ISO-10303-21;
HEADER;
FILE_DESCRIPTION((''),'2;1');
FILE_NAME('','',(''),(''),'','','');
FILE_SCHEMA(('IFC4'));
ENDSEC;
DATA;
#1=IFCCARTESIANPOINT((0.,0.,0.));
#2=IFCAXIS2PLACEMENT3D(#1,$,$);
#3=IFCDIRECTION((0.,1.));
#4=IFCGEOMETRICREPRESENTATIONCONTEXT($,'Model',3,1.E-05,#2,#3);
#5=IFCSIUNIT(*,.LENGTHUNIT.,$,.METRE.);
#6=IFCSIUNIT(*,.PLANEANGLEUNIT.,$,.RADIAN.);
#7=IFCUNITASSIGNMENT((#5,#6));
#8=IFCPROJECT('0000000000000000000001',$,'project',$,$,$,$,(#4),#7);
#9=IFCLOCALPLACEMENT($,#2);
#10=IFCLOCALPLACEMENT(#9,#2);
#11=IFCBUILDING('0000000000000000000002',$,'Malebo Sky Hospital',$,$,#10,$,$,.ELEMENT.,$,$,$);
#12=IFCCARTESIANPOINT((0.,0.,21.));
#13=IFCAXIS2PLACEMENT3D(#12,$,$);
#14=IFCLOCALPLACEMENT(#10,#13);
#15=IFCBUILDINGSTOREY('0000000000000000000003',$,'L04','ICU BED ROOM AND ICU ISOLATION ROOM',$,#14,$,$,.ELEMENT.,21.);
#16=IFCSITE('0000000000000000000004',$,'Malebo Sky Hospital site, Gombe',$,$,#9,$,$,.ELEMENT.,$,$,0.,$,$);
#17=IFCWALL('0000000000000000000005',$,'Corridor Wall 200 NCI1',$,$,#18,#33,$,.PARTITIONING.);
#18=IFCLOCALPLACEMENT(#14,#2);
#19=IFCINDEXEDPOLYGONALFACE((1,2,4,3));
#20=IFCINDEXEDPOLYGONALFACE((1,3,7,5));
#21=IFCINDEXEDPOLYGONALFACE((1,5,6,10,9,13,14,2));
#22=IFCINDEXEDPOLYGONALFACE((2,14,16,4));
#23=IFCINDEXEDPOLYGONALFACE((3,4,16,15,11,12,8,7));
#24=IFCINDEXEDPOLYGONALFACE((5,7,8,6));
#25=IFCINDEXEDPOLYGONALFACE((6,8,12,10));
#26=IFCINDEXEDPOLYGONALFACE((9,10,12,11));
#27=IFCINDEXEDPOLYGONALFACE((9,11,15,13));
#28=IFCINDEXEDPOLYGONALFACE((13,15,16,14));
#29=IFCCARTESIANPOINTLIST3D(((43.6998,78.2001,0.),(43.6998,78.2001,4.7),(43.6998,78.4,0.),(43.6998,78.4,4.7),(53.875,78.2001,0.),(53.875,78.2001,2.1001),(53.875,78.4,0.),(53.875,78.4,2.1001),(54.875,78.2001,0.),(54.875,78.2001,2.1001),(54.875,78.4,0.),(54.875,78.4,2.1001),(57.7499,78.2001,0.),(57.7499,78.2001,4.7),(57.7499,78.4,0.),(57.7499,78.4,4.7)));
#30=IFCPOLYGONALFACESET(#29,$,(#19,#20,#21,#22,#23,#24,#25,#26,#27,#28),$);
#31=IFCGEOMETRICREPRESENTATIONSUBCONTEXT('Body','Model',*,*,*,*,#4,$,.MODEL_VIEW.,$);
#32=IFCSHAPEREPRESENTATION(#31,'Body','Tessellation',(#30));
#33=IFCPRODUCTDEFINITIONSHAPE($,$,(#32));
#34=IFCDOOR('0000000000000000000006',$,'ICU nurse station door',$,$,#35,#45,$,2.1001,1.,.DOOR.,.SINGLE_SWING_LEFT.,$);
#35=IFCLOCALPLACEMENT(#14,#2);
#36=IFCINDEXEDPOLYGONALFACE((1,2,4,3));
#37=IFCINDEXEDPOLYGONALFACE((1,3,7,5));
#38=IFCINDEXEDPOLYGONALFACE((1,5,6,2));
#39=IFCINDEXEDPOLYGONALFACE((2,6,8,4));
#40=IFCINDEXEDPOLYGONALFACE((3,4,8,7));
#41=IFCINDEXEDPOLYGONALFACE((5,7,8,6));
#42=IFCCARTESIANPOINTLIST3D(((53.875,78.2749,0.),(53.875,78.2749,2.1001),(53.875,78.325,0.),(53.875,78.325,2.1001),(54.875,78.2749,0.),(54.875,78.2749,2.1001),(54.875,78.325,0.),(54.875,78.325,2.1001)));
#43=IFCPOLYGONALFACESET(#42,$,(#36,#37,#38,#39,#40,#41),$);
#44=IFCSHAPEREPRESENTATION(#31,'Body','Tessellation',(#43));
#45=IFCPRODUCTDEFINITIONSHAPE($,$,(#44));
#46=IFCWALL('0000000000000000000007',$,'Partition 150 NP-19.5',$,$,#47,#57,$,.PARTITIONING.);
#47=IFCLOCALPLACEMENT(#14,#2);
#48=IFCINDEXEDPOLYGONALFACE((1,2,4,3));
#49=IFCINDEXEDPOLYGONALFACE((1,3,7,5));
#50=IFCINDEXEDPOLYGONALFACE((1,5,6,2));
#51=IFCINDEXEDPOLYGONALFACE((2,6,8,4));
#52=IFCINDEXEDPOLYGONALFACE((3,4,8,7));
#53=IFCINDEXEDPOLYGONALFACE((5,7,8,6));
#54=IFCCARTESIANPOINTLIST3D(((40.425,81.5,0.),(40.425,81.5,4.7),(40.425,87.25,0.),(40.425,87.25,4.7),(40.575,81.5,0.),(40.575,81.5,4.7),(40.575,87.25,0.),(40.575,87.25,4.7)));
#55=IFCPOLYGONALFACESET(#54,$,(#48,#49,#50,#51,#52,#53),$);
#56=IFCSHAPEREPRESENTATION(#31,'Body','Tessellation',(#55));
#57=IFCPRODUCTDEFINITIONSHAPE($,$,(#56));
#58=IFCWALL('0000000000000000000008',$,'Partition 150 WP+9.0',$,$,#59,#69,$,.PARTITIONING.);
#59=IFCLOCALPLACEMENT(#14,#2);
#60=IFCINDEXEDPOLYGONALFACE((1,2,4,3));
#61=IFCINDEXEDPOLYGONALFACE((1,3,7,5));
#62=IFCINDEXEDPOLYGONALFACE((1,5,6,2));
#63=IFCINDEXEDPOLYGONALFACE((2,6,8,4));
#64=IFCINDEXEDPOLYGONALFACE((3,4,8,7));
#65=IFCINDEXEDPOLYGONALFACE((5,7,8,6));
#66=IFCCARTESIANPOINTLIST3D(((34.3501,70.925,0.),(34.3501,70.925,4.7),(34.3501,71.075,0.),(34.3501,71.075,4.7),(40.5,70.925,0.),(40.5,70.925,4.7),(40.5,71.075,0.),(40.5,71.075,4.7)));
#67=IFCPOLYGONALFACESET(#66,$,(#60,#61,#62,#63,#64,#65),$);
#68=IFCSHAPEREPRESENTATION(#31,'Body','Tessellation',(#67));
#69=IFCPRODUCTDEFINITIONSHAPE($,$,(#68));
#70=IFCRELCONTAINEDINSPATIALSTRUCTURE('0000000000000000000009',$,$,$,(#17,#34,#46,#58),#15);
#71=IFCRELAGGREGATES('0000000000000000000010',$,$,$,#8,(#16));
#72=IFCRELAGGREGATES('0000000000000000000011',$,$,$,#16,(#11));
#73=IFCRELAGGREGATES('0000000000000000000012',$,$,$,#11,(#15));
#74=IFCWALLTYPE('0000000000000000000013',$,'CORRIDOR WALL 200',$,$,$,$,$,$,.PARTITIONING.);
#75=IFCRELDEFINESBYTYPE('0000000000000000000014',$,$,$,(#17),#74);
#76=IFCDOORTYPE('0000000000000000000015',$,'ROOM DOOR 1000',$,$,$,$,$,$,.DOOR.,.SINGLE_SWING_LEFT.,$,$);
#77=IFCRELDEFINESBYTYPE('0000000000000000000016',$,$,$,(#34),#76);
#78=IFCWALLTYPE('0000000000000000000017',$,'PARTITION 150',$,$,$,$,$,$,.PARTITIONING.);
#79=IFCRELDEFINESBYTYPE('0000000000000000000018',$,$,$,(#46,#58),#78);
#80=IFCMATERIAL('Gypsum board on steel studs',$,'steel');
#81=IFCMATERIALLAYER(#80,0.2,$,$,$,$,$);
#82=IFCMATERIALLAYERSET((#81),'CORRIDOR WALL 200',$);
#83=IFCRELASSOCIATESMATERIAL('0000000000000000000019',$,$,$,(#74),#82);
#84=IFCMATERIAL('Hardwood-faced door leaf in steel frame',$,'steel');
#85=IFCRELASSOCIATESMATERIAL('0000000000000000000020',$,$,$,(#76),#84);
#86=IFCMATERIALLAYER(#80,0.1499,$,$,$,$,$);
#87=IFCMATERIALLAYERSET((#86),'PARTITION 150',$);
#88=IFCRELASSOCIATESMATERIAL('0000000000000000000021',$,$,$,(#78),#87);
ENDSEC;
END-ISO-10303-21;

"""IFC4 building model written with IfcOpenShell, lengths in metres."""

from ifc_helpers import new_model, si_unit, direction, frame, frame_2d, origin, place, context, subcontext, project, spatial, rectangle, extrude, material, layer, layer_set, type_object, element, fill, save


model = new_model("IFC4")

# Units and contexts
model_context = context("Model", 3, precision=1e-05, world=origin(), true_north=direction((0.0, 1.0)))
body_context = subcontext(model_context, "Body", "Model", "MODEL_VIEW")
ifc_project = project(units=[si_unit("LENGTHUNIT", "METRE"), si_unit("PLANEANGLEUNIT", "RADIAN")], contexts=[model_context])

# Site, building, storey
site_placement = place(None, origin())
site = spatial("IfcSite", under=ifc_project, at=site_placement, Name="Malebo Sky Hospital site, Gombe", CompositionType="ELEMENT", RefElevation=0.0)
building_placement = place(site_placement, origin())
building = spatial("IfcBuilding", under=site, at=building_placement, Name="Malebo Sky Hospital", CompositionType="ELEMENT")
storey_placement = place(building_placement, frame((0.0, 0.0, 21.0)))
storey = spatial("IfcBuildingStorey", under=building, at=storey_placement, Name="L04", Description="ICU BED ROOM AND ICU ISOLATION ROOM", CompositionType="ELEMENT", Elevation=21.0)

# Shared definitions
ifc_material_1 = material(Name="Gypsum board on steel studs", Category="steel")
ifc_layer_1 = layer(ifc_material_1, 0.2)
ifc_layer_set_1 = layer_set([ifc_layer_1], Name="CORRIDOR WALL 200")
wall_type_1 = type_object("IfcWallType", Name="CORRIDOR WALL 200", PredefinedType="PARTITIONING", material=ifc_layer_set_1)
ifc_material_2 = material(Name="Hardwood-faced door leaf in steel frame", Category="steel")
door_type_1 = type_object("IfcDoorType", Name="ROOM DOOR 1000", OperationType="SINGLE_SWING_LEFT", PredefinedType="DOOR", material=ifc_material_2)

# Wall, opening, door
wall_1_placement = place(storey_placement, frame((43.7, 78.3, 0.0), z_axis=(0.0, 0.0, 1.0), x_axis=(1.0, 0.0, 0.0)))
wall_1 = element("IfcWall", 1, at=wall_1_placement, inside=storey, type_object=wall_type_1, Name="Corridor Wall 200 NCI1", PredefinedType="PARTITIONING", context=body_context, shape_type="SweptSolid", body=[
    extrude(rectangle(XDim=14.05, YDim=0.2, at=frame_2d((7.0249, 0.0))), origin(), (0.0, 0.0, 1.0), 4.7),
])
opening_1_placement = place(wall_1_placement, frame((10.175, 0.0, 0.0)))
opening_1 = element("IfcOpeningElement", 2, at=opening_1_placement, cuts=wall_1, PredefinedType="OPENING", context=body_context, shape_type="SweptSolid", body=[
    extrude(rectangle(XDim=1.0, YDim=2.1001, at=frame_2d((0.5, 1.05))), frame((0.0, 0.1099, 0.0), z_axis=(0.0, -1.0, 0.0), x_axis=(1.0, 0.0, 0.0)), (0.0, 0.0, 1.0), 0.22),
])
door_1_placement = place(opening_1_placement, origin())
door_1 = element("IfcDoor", 3, at=door_1_placement, inside=storey, type_object=door_type_1, Name="ICU nurse station door", OperationType="SINGLE_SWING_LEFT", OverallHeight=2.1001, OverallWidth=1.0, PredefinedType="DOOR", context=body_context, shape_type="SweptSolid", body=[
    extrude(rectangle(XDim=1.0, YDim=2.1001, at=frame_2d((0.5, 1.05))), frame((0.0, 0.0249, 0.0), z_axis=(0.0, -1.0, 0.0), x_axis=(1.0, 0.0, 0.0)), (0.0, 0.0, 1.0), 0.05),
])
fill(opening_1, door_1)

# Walls
ifc_layer_2 = layer(ifc_material_1, 0.1499)
ifc_layer_set_2 = layer_set([ifc_layer_2], Name="PARTITION 150")
wall_type_2 = type_object("IfcWallType", Name="PARTITION 150", PredefinedType="PARTITIONING", material=ifc_layer_set_2)
wall_2_placement = place(storey_placement, frame((40.5, 81.5, 0.0), z_axis=(0.0, 0.0, 1.0), x_axis=(0.0, 1.0, 0.0)))
element("IfcWall", 4, at=wall_2_placement, inside=storey, type_object=wall_type_2, Name="Partition 150 NP-19.5", PredefinedType="PARTITIONING", context=body_context, shape_type="SweptSolid", body=[
    extrude(rectangle(XDim=5.75, YDim=0.1499, at=frame_2d((2.875, 0.0))), origin(), (0.0, 0.0, 1.0), 4.7),
])
wall_3_placement = place(storey_placement, frame((40.5, 71.0, 0.0), z_axis=(0.0, 0.0, 1.0), x_axis=(-1.0, 0.0, 0.0)))
element("IfcWall", 5, at=wall_3_placement, inside=storey, type_object=wall_type_2, Name="Partition 150 WP+9.0", PredefinedType="PARTITIONING", context=body_context, shape_type="SweptSolid", body=[
    extrude(rectangle(XDim=6.1499, YDim=0.1499, at=frame_2d((3.075, 0.0))), origin(), (0.0, 0.0, 1.0), 4.7),
])

save(model, "model.ifc")
